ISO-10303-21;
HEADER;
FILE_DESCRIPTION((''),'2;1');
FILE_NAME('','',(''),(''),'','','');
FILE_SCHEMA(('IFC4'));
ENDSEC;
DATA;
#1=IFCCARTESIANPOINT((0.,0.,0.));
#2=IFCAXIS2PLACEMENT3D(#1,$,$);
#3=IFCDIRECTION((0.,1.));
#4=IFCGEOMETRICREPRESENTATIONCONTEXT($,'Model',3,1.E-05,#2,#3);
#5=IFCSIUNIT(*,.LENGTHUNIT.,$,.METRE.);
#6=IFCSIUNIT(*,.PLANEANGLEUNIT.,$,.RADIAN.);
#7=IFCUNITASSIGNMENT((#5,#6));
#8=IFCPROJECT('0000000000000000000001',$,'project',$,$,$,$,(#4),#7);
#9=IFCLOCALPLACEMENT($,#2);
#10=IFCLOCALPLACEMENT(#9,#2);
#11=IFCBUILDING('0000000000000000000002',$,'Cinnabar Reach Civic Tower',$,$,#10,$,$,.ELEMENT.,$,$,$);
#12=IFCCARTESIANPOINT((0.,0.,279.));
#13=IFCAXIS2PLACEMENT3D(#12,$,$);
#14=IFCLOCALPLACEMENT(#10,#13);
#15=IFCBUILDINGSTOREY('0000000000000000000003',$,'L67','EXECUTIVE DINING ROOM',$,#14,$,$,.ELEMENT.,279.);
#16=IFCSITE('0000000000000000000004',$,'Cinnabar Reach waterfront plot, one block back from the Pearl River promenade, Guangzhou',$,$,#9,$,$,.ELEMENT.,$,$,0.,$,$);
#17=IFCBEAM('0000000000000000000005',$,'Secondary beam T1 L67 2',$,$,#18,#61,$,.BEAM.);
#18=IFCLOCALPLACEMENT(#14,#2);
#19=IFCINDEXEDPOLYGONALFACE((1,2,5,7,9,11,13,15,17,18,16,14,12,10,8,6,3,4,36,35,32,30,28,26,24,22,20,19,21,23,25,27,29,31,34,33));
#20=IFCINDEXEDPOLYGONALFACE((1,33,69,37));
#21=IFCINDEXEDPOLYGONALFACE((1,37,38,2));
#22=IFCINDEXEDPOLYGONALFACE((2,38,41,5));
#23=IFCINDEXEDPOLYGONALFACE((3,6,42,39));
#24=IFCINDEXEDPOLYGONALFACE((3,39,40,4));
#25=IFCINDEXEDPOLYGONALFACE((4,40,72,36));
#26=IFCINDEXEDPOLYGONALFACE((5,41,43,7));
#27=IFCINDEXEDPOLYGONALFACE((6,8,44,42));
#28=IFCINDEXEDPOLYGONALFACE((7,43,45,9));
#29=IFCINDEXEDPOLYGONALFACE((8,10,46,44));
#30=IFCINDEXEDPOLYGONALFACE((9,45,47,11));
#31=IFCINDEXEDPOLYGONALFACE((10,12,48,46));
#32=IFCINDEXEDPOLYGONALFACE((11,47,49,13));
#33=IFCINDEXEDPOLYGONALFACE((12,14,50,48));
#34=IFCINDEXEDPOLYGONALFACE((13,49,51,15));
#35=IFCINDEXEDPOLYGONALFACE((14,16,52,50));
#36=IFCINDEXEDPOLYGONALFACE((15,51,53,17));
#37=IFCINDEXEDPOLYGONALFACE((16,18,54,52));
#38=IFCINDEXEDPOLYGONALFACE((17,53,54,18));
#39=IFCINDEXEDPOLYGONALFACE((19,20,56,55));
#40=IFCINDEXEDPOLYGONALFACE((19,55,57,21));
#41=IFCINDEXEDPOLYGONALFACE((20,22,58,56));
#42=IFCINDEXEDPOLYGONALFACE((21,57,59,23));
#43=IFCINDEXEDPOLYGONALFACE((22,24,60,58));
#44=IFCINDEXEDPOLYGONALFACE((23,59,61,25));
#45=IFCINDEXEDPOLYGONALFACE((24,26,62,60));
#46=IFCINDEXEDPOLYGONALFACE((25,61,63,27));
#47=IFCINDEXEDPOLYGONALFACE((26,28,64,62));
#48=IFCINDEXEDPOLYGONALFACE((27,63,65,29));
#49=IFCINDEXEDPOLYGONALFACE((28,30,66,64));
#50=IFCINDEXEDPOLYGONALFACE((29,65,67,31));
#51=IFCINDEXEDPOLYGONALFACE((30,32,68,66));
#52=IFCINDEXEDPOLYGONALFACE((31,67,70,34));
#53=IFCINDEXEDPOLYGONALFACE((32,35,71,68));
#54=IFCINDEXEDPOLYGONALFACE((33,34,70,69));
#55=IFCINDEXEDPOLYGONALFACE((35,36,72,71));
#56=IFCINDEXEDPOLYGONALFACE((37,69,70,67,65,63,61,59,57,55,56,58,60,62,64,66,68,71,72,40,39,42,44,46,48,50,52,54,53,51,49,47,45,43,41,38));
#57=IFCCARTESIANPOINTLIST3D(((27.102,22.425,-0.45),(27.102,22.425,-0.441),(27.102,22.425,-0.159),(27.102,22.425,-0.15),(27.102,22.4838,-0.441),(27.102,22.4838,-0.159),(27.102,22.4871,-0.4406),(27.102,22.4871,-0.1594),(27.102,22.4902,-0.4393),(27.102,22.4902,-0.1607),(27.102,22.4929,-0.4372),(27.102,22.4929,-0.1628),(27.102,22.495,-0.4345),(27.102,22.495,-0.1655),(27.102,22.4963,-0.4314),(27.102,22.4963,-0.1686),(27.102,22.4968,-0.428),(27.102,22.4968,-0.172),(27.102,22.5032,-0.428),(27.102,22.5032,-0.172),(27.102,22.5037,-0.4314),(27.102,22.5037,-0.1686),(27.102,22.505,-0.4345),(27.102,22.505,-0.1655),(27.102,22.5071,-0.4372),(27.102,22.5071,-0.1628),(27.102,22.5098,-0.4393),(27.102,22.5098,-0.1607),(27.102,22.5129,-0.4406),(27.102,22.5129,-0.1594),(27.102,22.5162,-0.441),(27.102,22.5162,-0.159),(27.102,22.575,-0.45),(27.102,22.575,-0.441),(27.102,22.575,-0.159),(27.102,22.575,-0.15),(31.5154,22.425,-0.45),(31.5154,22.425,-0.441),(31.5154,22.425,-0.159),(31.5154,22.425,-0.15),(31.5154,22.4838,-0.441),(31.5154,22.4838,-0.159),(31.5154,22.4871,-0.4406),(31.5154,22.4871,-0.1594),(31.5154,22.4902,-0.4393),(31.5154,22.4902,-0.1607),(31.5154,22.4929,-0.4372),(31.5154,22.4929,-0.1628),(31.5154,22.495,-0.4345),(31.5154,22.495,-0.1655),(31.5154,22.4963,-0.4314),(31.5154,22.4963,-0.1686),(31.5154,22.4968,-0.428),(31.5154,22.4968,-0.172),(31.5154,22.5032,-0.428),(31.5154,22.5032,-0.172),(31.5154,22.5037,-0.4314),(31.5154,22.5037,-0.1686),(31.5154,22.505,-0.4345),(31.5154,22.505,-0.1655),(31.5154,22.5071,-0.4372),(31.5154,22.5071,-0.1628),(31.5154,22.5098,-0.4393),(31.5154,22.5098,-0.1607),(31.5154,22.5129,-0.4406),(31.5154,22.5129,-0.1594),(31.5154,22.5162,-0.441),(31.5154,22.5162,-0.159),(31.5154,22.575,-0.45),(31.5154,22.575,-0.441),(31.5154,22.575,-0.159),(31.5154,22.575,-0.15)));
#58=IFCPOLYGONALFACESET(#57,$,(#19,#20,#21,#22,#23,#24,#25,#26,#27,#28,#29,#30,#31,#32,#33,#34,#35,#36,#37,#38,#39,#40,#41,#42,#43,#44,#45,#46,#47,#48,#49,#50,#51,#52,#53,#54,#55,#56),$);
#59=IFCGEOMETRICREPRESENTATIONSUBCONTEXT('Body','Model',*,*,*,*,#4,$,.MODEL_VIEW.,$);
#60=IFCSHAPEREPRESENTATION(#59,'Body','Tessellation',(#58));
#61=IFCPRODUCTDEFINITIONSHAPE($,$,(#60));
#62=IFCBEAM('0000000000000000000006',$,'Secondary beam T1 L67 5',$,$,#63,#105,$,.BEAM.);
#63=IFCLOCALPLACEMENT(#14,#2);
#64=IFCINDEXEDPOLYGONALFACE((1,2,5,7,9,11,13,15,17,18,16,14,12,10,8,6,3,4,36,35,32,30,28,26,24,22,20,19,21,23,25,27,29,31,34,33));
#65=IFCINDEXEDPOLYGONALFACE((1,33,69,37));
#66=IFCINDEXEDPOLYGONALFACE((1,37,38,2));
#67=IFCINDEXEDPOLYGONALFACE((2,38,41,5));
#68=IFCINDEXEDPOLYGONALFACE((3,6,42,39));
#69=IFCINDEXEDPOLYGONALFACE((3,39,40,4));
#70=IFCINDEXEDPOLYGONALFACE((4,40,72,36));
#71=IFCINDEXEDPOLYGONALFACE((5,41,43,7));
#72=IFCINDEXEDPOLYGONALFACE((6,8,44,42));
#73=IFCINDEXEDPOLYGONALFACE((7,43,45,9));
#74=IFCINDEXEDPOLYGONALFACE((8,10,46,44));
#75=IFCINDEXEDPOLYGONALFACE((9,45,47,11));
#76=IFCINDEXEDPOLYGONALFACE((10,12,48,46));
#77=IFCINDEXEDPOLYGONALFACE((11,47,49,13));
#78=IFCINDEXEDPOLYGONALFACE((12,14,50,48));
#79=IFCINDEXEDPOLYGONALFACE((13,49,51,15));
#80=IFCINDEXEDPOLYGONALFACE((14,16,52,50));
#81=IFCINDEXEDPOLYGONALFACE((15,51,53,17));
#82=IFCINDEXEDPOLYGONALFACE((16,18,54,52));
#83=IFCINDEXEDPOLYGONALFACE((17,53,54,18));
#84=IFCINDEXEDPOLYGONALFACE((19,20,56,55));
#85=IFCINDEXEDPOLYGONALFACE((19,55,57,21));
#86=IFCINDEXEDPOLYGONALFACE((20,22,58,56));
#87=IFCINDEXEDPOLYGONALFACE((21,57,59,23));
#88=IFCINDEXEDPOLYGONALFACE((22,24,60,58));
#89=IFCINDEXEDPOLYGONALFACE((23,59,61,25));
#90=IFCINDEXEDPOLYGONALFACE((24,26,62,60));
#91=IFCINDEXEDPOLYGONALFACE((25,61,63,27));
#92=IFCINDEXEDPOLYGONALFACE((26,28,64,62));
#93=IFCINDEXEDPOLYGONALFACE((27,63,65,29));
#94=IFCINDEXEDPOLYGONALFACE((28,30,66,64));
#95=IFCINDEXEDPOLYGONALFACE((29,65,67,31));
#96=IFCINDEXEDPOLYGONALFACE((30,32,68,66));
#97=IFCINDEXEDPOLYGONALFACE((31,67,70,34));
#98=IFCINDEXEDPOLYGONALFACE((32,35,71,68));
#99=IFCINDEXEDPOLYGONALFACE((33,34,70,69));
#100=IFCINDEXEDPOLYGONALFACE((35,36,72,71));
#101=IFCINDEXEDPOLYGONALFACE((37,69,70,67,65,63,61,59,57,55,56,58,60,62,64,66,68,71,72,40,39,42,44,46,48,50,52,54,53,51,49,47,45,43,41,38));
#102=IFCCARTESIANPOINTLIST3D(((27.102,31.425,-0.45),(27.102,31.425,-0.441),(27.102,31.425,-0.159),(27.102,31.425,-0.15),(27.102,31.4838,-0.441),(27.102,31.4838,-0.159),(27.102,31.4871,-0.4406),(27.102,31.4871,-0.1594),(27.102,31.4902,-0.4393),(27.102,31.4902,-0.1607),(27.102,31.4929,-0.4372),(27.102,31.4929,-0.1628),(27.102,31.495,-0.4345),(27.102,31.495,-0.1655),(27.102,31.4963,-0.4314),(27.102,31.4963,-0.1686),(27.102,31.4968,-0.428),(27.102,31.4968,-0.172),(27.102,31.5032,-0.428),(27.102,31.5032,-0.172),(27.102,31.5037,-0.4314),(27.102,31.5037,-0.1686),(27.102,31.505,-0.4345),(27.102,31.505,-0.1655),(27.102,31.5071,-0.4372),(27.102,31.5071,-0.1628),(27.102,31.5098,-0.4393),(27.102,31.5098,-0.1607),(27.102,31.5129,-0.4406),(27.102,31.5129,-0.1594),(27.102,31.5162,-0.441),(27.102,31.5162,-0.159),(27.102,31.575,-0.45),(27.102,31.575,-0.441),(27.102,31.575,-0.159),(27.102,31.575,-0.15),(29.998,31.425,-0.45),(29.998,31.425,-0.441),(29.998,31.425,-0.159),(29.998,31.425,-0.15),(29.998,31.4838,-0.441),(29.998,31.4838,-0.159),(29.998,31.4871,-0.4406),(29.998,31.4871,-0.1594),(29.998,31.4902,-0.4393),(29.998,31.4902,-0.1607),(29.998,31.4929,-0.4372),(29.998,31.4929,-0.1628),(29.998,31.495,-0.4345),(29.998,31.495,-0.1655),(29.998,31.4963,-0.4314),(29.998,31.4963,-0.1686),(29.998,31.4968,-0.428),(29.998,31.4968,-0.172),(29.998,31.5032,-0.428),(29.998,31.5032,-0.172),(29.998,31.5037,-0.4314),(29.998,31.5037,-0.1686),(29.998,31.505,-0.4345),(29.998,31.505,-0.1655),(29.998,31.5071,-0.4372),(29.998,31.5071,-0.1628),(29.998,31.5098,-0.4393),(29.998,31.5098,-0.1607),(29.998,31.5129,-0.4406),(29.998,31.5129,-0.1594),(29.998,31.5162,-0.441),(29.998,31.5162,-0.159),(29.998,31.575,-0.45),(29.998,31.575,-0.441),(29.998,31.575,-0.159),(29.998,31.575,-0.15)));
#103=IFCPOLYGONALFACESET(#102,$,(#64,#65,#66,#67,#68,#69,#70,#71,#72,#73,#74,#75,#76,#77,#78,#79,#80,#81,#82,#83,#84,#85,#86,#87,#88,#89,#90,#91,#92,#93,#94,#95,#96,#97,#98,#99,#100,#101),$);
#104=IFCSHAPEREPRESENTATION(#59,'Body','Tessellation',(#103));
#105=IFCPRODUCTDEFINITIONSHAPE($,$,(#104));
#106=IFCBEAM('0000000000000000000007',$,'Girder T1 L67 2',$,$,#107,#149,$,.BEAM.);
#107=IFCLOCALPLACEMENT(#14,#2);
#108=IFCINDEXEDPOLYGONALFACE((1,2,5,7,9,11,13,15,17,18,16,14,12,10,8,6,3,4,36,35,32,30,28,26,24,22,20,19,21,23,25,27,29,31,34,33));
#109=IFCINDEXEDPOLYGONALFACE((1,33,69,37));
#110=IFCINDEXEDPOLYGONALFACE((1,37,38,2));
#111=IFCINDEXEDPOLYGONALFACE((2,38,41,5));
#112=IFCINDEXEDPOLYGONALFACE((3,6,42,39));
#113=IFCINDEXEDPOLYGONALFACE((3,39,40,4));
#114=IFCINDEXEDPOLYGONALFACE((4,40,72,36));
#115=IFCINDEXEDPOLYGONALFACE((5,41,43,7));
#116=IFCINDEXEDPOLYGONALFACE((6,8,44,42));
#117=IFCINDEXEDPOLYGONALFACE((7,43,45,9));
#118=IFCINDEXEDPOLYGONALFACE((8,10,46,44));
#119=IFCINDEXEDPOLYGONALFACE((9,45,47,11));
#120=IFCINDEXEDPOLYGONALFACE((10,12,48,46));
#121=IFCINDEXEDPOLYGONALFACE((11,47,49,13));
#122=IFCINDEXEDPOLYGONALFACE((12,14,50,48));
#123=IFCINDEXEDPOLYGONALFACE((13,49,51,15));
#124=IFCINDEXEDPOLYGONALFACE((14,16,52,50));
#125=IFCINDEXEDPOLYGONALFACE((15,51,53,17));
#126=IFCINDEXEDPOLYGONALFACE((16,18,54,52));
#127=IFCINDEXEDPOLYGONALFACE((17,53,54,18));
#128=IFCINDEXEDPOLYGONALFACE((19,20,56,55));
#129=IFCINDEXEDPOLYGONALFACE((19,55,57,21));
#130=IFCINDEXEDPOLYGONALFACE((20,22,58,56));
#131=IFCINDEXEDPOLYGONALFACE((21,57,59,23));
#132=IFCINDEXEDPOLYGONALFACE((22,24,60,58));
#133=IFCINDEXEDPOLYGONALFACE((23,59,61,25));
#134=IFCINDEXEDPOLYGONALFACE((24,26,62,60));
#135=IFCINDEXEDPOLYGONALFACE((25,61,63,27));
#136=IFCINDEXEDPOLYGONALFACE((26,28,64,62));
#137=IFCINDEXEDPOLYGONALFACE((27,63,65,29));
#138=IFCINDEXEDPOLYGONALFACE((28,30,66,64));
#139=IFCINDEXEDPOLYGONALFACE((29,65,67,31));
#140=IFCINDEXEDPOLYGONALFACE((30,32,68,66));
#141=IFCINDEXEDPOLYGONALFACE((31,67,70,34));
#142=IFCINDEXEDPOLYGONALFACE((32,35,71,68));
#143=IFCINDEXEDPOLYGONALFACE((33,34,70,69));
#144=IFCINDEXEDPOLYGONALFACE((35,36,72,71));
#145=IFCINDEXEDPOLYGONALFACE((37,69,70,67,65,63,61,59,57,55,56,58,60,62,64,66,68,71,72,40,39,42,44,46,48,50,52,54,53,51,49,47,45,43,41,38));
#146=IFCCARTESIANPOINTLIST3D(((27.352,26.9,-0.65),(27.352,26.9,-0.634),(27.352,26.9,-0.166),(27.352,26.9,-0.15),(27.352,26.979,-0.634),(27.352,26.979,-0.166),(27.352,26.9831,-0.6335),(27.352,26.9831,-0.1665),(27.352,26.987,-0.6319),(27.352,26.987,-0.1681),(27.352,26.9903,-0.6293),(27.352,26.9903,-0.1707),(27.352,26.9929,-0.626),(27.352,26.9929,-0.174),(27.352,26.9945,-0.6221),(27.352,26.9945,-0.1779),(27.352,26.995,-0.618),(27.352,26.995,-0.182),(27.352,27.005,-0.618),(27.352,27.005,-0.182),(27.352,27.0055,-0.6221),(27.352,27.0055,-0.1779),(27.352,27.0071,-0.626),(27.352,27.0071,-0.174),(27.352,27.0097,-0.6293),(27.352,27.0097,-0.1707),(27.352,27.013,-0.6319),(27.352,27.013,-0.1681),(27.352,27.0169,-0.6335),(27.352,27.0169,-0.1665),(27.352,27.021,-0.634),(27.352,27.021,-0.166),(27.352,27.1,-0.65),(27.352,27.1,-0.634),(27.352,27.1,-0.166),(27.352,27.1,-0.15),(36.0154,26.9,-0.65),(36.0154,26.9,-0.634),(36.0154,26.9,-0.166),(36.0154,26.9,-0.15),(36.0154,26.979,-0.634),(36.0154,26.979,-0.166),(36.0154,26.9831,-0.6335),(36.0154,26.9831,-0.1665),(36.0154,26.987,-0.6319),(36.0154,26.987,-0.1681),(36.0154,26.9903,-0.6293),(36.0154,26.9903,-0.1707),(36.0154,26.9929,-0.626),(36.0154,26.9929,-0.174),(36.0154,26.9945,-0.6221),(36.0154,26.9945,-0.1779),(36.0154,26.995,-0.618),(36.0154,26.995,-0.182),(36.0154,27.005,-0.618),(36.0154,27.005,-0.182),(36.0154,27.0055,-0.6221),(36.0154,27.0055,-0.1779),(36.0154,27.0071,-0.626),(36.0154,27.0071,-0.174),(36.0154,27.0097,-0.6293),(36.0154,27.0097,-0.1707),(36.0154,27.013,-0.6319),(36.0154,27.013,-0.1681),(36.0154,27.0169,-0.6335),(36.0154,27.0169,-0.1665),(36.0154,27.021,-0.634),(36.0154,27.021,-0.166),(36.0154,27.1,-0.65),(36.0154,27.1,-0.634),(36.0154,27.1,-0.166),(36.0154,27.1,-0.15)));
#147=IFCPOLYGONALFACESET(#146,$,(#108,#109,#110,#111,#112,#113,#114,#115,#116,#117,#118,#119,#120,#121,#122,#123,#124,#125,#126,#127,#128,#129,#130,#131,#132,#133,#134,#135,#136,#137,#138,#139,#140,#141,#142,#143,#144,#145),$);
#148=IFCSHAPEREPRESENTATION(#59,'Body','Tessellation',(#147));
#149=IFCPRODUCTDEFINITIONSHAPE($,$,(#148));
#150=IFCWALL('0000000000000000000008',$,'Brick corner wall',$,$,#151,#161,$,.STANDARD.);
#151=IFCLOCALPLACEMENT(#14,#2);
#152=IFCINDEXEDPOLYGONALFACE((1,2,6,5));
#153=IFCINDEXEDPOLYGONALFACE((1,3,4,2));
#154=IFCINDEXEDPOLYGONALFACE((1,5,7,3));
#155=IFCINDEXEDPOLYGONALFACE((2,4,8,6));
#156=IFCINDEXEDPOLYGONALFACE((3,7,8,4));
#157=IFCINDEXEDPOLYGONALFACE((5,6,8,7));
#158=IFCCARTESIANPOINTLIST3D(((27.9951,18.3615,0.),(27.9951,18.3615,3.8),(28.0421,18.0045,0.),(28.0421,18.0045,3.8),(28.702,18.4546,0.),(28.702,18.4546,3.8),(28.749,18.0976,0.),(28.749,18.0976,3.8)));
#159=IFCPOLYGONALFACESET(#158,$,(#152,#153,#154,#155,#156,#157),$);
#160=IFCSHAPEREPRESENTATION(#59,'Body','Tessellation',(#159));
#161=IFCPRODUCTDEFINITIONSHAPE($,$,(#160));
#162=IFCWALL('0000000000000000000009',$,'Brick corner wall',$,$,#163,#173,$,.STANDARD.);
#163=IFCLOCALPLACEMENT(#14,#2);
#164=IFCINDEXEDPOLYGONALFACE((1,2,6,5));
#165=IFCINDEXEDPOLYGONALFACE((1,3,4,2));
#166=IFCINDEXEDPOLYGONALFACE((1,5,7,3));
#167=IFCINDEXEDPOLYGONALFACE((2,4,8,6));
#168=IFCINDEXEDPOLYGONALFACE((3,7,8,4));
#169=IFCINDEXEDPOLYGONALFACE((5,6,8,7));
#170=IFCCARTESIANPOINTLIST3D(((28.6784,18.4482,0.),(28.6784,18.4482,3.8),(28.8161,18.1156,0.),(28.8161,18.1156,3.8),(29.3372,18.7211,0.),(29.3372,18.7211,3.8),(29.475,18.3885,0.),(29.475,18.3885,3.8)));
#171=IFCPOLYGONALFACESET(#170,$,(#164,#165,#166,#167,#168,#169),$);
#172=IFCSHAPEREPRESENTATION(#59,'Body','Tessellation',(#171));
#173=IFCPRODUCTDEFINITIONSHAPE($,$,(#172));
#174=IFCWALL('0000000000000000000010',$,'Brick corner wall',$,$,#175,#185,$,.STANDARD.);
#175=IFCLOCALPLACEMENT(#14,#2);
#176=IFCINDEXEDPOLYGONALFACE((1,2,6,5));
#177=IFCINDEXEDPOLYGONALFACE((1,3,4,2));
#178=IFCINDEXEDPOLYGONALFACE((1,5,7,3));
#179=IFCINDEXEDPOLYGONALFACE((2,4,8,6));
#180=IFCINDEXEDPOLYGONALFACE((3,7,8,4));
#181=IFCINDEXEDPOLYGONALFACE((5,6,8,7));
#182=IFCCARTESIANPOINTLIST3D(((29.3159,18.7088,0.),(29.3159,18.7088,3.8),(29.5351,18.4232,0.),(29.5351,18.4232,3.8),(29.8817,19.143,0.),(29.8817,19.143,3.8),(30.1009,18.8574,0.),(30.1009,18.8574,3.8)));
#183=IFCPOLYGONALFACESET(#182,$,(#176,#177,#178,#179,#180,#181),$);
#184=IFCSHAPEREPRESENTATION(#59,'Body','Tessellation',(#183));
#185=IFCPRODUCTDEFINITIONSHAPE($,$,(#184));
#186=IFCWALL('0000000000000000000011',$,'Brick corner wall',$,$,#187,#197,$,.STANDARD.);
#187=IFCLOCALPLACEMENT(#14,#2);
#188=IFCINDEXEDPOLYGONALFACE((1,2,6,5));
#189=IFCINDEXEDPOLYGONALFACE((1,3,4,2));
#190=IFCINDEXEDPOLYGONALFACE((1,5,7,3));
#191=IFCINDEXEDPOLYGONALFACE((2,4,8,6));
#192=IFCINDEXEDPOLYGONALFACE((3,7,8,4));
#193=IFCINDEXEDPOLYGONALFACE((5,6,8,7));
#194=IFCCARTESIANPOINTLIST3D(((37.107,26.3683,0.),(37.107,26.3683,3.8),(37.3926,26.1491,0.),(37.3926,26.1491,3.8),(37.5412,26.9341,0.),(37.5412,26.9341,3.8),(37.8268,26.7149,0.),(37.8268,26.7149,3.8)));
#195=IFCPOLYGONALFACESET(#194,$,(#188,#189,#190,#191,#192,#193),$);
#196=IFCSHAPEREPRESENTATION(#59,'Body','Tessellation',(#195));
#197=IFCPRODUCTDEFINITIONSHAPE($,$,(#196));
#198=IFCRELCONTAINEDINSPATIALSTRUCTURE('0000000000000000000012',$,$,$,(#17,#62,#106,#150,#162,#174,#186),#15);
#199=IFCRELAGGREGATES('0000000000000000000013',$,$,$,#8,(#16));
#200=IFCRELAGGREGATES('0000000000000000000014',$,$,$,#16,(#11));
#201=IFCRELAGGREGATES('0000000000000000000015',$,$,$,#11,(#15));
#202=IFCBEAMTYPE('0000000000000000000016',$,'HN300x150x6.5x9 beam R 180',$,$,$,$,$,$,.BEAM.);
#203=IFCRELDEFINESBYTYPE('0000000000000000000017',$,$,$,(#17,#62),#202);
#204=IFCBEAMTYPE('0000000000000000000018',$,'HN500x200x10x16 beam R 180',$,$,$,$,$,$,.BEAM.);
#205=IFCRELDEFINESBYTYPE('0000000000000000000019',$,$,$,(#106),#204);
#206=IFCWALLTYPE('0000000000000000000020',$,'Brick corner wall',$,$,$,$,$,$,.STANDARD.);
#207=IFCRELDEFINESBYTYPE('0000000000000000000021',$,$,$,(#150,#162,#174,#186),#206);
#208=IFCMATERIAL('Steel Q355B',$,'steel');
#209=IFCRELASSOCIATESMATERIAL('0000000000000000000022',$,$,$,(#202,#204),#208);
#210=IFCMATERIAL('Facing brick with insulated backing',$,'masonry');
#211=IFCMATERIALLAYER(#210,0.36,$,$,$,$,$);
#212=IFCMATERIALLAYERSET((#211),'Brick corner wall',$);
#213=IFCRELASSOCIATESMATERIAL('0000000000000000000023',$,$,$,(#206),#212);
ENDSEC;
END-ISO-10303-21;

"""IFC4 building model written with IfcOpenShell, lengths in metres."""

from ifc_helpers import new_model, si_unit, direction, frame, frame_2d, origin, origin_2d, place, context, subcontext, project, spatial, rectangle, i_section, extrude, material, layer, layer_set, material_profile, profile_set, type_object, element, save


model = new_model("IFC4")

# Units and contexts
model_context = context("Model", 3, precision=1e-05, world=origin(), true_north=direction((0.0, 1.0)))
body_context = subcontext(model_context, "Body", "Model", "MODEL_VIEW")
ifc_project = project(units=[si_unit("LENGTHUNIT", "METRE"), si_unit("PLANEANGLEUNIT", "RADIAN")], contexts=[model_context])

# Site, building, storey
site_placement = place(None, origin())
site = spatial("IfcSite", under=ifc_project, at=site_placement, Name="Cinnabar Reach waterfront plot, one block back from the Pearl River promenade, Guangzhou", CompositionType="ELEMENT", RefElevation=0.0)
building_placement = place(site_placement, origin())
building = spatial("IfcBuilding", under=site, at=building_placement, Name="Cinnabar Reach Civic Tower", CompositionType="ELEMENT")
storey_placement = place(building_placement, frame((0.0, 0.0, 279.0)))
storey = spatial("IfcBuildingStorey", under=building, at=storey_placement, Name="L67", Description="EXECUTIVE DINING ROOM", CompositionType="ELEMENT", Elevation=279.0)

# Beams
ifc_material_1 = material(Name="Steel Q355B", Category="steel")
ifc_material_profile_1 = material_profile(ifc_material_1, i_section(OverallWidth=0.15, OverallDepth=0.3, WebThickness=0.0065, FlangeThickness=0.009, FilletRadius=0.013, at=origin_2d()), Name="HN300x150x6.5x9")
ifc_profile_set_1 = profile_set([ifc_material_profile_1], Name="Steel Q355B")
beam_type_1 = type_object("IfcBeamType", Name="HN300x150x6.5x9 beam R 180", PredefinedType="BEAM", material=ifc_profile_set_1)
beam_1_placement = place(storey_placement, frame((27.102, 22.5, -0.3), z_axis=(1.0, 0.0, 0.0), x_axis=(0.0, 1.0, 0.0)))
element("IfcBeam", 1, at=beam_1_placement, inside=storey, type_object=beam_type_1, Name="Secondary beam T1 L67 2", PredefinedType="BEAM", context=body_context, shape_type="SweptSolid", body=[
    extrude(i_section(OverallWidth=0.15, OverallDepth=0.3, WebThickness=0.0065, FlangeThickness=0.009, FilletRadius=0.013, at=origin_2d()), origin(), (0.0, 0.0, 1.0), 4.4134),
])
beam_2_placement = place(storey_placement, frame((27.102, 31.5, -0.3), z_axis=(1.0, 0.0, 0.0), x_axis=(0.0, 1.0, 0.0)))
element("IfcBeam", 2, at=beam_2_placement, inside=storey, type_object=beam_type_1, Name="Secondary beam T1 L67 5", PredefinedType="BEAM", context=body_context, shape_type="SweptSolid", body=[
    extrude(i_section(OverallWidth=0.15, OverallDepth=0.3, WebThickness=0.0065, FlangeThickness=0.009, FilletRadius=0.013, at=origin_2d()), origin(), (0.0, 0.0, 1.0), 2.896),
])
ifc_material_profile_2 = material_profile(ifc_material_1, i_section(OverallWidth=0.2, OverallDepth=0.5, WebThickness=0.01, FlangeThickness=0.016, FilletRadius=0.016, at=origin_2d()), Name="HN500x200x10x16")
ifc_profile_set_2 = profile_set([ifc_material_profile_2], Name="Steel Q355B")
beam_type_2 = type_object("IfcBeamType", Name="HN500x200x10x16 beam R 180", PredefinedType="BEAM", material=ifc_profile_set_2)
beam_3_placement = place(storey_placement, frame((27.352, 27.0, -0.4), z_axis=(1.0, 0.0, 0.0), x_axis=(0.0, 1.0, 0.0)))
element("IfcBeam", 3, at=beam_3_placement, inside=storey, type_object=beam_type_2, Name="Girder T1 L67 2", PredefinedType="BEAM", context=body_context, shape_type="SweptSolid", body=[
    extrude(i_section(OverallWidth=0.2, OverallDepth=0.5, WebThickness=0.01, FlangeThickness=0.016, FilletRadius=0.016, at=origin_2d()), origin(), (0.0, 0.0, 1.0), 8.6634),
])

# Walls
ifc_material_2 = material(Name="Facing brick with insulated backing", Category="masonry")
ifc_layer_1 = layer(ifc_material_2, 0.36)
ifc_layer_set_1 = layer_set([ifc_layer_1], Name="Brick corner wall")
wall_type_1 = type_object("IfcWallType", Name="Brick corner wall", PredefinedType="STANDARD", material=ifc_layer_set_1)
for number, where, z_axis, x_axis, name in (
    (4, (28.0186, 18.183, 0.0), (0.0, 0.0, 1.0), (0.991441, 0.130556, 0.0), "Brick corner wall"),
    (5, (28.7473, 18.2819, 0.0), (0.0, 0.0, 1.0), (0.923872, 0.382703, 0.0), "Brick corner wall"),
):
    element("IfcWall", number, at=place(storey_placement, frame(where, z_axis=z_axis, x_axis=x_axis)), inside=storey, type_object=wall_type_1, Name=name, PredefinedType="STANDARD", context=body_context, shape_type="SweptSolid", body=[
        extrude(rectangle(XDim=0.7131, YDim=0.36, at=frame_2d((0.3565, 0.0))), origin(), (0.0, 0.0, 1.0), 3.8),
    ])
for number, where, z_axis, x_axis, name in (
    (6, (29.4255, 18.566, 0.0), (0.0, 0.0, 1.0), (0.793322, 0.608802, 0.0), "Brick corner wall"),
    (7, (37.2498, 26.2587, 0.0), (0.0, 0.0, 1.0), (0.608802, 0.793322, 0.0), "Brick corner wall"),
):
    element("IfcWall", number, at=place(storey_placement, frame(where, z_axis=z_axis, x_axis=x_axis)), inside=storey, type_object=wall_type_1, Name=name, PredefinedType="STANDARD", context=body_context, shape_type="SweptSolid", body=[
        extrude(rectangle(XDim=0.7132, YDim=0.36, at=frame_2d((0.3566, 0.0))), origin(), (0.0, 0.0, 1.0), 3.8),
    ])

save(model, "model.ifc")
